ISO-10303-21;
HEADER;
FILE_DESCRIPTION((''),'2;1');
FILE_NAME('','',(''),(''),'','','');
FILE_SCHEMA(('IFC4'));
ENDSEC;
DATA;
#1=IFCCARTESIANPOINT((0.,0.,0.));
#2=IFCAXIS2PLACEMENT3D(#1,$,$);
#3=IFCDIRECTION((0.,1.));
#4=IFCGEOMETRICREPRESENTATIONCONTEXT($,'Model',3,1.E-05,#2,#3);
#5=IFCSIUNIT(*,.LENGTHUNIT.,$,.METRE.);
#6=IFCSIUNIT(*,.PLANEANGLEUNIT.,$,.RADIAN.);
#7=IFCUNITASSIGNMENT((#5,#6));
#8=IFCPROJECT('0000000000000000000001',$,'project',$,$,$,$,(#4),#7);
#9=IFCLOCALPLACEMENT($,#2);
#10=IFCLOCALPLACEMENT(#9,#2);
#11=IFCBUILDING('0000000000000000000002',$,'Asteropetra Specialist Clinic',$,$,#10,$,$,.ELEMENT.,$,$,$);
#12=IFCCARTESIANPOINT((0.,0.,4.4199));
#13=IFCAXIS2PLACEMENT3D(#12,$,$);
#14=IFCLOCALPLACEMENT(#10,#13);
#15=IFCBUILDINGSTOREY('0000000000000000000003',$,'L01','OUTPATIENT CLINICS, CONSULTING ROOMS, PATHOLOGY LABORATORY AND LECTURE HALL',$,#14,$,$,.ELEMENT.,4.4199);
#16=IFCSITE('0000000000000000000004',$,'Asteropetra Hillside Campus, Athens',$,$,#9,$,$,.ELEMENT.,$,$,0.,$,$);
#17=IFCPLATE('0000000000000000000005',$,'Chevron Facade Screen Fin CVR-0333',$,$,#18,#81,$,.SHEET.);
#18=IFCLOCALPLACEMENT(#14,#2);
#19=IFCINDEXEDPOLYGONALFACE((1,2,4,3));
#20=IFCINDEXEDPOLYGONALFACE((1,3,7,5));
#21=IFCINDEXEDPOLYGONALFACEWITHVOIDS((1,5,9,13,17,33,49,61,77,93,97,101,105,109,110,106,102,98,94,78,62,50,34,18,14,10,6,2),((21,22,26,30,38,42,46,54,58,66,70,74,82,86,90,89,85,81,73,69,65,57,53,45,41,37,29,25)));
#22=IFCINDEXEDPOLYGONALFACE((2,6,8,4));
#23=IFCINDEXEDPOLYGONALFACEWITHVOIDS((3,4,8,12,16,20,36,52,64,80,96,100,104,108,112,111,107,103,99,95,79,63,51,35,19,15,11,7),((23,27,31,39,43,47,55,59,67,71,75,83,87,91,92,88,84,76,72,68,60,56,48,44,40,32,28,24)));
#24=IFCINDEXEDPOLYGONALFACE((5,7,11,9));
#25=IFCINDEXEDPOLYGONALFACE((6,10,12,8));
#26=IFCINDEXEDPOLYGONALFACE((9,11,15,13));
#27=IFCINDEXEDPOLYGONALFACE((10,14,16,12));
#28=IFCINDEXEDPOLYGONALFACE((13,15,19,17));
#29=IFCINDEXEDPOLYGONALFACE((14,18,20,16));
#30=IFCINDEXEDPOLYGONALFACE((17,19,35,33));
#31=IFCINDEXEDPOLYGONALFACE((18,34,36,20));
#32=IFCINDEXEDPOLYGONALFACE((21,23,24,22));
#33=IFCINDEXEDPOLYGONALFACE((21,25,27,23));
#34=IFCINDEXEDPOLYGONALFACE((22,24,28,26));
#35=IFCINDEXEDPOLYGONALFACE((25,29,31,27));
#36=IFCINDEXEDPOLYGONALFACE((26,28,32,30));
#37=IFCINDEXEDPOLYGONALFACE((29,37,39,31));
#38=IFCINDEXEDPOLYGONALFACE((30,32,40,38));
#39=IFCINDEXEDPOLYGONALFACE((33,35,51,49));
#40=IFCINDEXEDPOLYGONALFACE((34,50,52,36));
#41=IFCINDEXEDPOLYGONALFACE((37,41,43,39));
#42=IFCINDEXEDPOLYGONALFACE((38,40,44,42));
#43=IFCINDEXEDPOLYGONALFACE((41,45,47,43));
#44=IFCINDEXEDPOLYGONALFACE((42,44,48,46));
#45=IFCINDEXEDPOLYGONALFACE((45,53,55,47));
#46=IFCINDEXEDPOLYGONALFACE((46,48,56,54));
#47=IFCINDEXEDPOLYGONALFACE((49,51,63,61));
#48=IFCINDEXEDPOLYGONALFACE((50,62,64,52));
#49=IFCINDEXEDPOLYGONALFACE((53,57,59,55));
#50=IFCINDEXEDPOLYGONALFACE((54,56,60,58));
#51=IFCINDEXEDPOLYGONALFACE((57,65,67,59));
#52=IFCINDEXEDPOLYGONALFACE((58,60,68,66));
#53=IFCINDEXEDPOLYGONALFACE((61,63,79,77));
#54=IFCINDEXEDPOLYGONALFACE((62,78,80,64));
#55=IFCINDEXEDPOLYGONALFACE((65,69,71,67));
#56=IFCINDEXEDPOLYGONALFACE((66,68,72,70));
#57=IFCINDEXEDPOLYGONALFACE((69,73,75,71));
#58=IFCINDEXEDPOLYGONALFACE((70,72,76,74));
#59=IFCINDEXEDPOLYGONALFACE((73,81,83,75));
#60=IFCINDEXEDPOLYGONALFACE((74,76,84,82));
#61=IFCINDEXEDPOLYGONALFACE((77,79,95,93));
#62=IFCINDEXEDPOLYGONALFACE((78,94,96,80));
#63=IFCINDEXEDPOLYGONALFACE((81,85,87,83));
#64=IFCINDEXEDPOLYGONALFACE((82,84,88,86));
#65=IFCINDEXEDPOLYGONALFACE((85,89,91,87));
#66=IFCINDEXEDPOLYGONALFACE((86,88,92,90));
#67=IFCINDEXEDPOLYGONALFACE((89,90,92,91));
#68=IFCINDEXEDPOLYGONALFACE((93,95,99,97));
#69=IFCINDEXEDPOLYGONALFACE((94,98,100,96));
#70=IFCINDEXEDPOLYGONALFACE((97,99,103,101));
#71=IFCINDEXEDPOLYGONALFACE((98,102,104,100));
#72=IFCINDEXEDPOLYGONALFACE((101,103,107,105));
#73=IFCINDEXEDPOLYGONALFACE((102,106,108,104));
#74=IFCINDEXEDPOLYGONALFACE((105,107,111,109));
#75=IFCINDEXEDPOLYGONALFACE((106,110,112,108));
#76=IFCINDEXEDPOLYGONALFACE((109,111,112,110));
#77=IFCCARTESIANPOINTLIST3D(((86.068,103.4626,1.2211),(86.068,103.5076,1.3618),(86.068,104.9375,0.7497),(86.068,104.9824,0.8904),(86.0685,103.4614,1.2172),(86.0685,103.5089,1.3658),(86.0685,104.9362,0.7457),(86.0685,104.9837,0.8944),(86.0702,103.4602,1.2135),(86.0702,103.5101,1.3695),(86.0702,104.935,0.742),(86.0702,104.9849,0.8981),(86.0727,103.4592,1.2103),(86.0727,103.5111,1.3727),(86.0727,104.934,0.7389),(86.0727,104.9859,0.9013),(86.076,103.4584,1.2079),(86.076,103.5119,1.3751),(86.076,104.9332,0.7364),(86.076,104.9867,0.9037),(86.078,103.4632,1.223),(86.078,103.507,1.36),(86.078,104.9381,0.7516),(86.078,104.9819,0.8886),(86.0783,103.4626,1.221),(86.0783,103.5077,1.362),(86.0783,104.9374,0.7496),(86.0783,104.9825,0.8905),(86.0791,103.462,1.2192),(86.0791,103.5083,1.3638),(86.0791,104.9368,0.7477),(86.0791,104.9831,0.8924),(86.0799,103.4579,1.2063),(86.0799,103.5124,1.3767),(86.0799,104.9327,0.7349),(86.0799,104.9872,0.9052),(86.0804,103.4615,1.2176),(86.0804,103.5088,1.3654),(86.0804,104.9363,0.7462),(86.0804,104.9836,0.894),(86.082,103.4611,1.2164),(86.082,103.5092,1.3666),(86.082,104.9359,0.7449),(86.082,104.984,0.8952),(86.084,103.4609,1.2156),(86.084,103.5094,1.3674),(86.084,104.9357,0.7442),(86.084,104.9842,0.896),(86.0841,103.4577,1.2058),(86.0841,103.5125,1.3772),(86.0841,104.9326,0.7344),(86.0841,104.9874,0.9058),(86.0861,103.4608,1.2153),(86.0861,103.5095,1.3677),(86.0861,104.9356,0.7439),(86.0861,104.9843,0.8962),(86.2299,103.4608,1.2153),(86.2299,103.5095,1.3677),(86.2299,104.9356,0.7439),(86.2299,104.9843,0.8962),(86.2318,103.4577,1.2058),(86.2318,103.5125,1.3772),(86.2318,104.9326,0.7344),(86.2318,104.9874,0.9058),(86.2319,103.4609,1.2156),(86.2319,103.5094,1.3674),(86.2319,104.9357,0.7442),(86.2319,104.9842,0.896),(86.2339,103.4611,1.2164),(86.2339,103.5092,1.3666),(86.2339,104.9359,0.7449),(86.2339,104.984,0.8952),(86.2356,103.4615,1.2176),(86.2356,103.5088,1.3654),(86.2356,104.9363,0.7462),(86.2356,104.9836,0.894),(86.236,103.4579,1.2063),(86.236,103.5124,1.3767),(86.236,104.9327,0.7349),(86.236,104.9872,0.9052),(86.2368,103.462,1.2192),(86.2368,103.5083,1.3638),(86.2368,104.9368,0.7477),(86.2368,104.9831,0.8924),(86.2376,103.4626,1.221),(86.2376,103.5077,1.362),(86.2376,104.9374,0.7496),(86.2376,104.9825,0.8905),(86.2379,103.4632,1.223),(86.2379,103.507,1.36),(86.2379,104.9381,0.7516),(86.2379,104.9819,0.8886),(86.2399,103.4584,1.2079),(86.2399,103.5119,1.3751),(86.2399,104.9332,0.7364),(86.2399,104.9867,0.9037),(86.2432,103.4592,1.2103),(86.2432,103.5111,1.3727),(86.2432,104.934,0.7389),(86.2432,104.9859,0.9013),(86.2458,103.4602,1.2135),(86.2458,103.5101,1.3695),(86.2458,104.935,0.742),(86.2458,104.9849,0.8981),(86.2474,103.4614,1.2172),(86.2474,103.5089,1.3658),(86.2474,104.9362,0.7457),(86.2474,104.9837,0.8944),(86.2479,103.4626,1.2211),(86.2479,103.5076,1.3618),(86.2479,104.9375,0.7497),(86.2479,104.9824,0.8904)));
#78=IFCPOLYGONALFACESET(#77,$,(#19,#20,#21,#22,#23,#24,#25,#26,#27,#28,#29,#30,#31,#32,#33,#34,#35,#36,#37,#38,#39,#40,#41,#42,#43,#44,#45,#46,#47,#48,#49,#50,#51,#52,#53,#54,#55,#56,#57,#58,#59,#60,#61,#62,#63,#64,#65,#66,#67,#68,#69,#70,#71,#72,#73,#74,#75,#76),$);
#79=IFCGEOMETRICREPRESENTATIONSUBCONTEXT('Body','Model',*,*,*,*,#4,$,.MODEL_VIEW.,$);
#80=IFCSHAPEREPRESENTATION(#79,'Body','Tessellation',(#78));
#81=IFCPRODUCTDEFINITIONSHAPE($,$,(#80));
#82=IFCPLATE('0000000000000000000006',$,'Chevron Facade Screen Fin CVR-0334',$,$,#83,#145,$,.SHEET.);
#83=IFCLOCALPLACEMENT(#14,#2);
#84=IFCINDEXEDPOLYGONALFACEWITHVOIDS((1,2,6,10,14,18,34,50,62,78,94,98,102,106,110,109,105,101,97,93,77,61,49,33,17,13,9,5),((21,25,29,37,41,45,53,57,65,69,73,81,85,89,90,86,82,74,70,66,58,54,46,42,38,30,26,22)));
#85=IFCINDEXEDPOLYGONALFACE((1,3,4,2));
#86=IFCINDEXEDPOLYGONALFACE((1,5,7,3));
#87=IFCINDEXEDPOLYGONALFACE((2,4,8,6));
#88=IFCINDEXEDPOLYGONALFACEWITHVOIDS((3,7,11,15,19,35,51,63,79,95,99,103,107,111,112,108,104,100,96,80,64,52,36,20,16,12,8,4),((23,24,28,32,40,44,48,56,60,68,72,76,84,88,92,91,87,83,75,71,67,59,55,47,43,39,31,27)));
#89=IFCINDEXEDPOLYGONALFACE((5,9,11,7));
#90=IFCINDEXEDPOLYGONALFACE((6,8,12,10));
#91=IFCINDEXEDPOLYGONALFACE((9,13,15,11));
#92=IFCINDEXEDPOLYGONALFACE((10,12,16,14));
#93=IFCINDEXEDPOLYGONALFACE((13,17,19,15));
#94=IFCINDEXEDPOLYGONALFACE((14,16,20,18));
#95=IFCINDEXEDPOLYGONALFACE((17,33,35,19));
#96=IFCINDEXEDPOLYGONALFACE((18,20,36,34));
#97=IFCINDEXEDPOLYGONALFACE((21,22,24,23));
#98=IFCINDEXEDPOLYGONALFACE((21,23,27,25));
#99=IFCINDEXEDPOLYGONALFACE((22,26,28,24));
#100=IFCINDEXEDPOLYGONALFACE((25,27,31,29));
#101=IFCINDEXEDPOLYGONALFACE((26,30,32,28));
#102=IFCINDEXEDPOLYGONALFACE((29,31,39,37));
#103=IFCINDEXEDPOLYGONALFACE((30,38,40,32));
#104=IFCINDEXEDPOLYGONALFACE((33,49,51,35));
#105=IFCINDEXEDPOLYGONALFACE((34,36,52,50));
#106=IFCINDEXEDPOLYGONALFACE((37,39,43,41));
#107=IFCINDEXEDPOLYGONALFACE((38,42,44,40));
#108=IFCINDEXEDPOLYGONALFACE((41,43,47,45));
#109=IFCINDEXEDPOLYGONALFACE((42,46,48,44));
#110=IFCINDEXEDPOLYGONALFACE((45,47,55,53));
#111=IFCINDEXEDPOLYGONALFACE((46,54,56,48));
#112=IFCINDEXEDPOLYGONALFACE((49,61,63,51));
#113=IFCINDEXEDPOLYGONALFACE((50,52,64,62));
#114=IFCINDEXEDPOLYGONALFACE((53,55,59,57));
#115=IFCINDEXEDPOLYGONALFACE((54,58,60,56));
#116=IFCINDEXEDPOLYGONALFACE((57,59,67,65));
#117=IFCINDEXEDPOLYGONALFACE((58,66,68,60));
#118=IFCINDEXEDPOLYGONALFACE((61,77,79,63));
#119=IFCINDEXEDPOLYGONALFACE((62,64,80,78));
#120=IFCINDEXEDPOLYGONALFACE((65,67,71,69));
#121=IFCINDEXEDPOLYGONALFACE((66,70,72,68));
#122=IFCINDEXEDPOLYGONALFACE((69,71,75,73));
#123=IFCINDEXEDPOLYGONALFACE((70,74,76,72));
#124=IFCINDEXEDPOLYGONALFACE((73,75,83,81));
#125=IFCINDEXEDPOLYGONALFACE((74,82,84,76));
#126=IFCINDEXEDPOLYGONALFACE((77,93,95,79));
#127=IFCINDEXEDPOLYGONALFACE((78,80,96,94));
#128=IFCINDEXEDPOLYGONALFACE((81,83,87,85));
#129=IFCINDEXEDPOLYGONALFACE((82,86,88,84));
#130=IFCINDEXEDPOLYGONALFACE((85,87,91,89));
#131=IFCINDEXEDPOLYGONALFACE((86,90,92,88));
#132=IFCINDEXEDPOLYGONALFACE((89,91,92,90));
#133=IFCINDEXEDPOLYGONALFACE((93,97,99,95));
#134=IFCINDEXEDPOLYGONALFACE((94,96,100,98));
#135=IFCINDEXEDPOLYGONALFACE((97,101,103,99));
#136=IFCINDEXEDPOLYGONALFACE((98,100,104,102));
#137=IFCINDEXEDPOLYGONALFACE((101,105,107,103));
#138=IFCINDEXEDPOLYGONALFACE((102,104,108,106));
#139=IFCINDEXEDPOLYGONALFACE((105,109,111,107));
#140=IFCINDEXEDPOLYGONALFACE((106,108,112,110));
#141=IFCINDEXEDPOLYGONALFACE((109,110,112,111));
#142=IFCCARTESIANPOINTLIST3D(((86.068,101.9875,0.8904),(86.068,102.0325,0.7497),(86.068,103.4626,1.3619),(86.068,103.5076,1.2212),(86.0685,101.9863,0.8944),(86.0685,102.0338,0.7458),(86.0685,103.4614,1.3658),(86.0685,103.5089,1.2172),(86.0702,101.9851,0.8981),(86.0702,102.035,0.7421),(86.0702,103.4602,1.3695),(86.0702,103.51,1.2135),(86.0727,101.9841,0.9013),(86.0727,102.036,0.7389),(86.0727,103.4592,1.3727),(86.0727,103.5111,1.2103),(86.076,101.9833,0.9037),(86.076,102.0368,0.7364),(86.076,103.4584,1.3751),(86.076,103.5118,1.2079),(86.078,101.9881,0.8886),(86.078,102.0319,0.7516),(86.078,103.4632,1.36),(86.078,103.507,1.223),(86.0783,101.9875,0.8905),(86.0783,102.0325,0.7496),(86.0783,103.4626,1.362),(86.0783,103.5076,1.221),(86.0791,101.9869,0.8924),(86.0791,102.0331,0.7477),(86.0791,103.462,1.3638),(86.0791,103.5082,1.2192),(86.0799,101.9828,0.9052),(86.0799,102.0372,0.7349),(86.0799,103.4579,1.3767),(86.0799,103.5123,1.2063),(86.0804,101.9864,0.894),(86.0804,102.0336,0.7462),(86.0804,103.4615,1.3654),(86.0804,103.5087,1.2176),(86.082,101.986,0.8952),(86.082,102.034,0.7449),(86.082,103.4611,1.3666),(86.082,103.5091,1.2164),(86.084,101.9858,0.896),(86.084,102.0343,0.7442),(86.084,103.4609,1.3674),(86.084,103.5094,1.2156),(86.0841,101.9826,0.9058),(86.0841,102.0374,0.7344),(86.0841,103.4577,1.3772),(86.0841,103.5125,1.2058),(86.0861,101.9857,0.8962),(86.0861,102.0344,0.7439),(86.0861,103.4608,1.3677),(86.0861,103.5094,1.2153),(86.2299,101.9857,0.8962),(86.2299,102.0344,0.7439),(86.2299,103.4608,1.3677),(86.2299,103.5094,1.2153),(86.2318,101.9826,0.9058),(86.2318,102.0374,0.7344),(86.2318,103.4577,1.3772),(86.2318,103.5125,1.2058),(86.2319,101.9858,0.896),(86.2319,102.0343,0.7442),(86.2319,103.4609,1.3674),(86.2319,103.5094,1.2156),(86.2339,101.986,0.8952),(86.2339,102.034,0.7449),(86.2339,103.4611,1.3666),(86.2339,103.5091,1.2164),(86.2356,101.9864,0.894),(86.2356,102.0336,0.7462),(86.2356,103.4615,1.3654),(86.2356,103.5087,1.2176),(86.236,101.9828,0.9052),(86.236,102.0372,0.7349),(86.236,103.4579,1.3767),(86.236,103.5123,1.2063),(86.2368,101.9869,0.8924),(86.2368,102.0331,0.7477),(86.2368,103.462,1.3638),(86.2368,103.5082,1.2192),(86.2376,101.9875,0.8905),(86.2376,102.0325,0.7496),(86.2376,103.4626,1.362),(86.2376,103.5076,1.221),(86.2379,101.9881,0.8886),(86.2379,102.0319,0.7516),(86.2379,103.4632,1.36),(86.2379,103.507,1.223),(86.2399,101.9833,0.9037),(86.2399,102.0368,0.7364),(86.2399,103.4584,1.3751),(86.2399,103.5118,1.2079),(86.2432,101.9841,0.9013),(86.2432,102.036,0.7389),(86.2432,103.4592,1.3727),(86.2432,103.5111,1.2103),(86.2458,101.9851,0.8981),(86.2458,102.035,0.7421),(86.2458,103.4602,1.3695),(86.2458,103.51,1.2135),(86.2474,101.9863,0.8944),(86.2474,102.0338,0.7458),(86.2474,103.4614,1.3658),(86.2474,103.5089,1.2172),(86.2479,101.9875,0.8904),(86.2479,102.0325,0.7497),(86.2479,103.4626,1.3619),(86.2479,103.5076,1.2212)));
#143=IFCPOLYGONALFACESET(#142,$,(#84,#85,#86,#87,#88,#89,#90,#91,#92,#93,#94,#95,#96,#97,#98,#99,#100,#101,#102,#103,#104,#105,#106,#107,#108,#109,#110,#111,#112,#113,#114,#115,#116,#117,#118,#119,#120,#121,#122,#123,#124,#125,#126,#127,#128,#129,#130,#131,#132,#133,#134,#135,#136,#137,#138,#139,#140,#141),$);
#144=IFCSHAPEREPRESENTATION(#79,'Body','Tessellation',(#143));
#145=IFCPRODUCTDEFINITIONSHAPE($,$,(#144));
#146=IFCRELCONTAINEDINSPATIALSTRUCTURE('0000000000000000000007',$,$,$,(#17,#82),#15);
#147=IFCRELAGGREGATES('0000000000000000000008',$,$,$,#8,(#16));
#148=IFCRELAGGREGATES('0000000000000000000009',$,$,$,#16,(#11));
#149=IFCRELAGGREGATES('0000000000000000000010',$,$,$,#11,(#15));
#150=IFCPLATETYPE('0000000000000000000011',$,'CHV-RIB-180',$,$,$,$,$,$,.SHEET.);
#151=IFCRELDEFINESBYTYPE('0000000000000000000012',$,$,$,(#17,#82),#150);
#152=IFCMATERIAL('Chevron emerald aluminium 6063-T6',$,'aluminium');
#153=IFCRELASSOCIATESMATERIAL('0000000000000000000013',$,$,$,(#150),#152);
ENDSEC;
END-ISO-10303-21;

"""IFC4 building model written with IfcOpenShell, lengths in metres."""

from ifc_helpers import new_model, si_unit, direction, frame, origin, origin_2d, place, context, subcontext, project, spatial, hollow_rectangle, extrude, material, material_profile, profile_set, type_object, element, save


model = new_model("IFC4")

# Units and contexts
model_context = context("Model", 3, precision=1e-05, world=origin(), true_north=direction((0.0, 1.0)))
body_context = subcontext(model_context, "Body", "Model", "MODEL_VIEW")
ifc_project = project(units=[si_unit("LENGTHUNIT", "METRE"), si_unit("PLANEANGLEUNIT", "RADIAN")], contexts=[model_context])

# Site, building, storey
site_placement = place(None, origin())
site = spatial("IfcSite", under=ifc_project, at=site_placement, Name="Asteropetra Hillside Campus, Athens", CompositionType="ELEMENT", RefElevation=0.0)
building_placement = place(site_placement, origin())
building = spatial("IfcBuilding", under=site, at=building_placement, Name="Asteropetra Specialist Clinic", CompositionType="ELEMENT")
storey_placement = place(building_placement, frame((0.0, 0.0, 4.4199)))
storey = spatial("IfcBuildingStorey", under=building, at=storey_placement, Name="L01", Description="OUTPATIENT CLINICS, CONSULTING ROOMS, PATHOLOGY LABORATORY AND LECTURE HALL", CompositionType="ELEMENT", Elevation=4.4199)

# Plates
ifc_material_1 = material(Name="Chevron emerald aluminium 6063-T6", Category="aluminium")
ifc_material_profile = material_profile(ifc_material_1, hollow_rectangle(XDim=0.1799, YDim=0.1799, WallThickness=0.01, InnerFilletRadius=0.0081, OuterFilletRadius=0.0161, at=origin_2d()), Name="SHS 180x180x10.0")
ifc_profile_set = profile_set([ifc_material_profile], Name="Chevron emerald aluminium 6063-T6")
plate_type = type_object("IfcPlateType", Name="CHV-RIB-180", PredefinedType="SHEET", material=ifc_profile_set)
plate_1_placement = place(storey_placement, frame((86.158, 104.96, 0.8201), z_axis=(0.0, -0.952521, 0.304472), x_axis=(1.0, 0.0, 0.0)))
element("IfcPlate", 1, at=plate_1_placement, inside=storey, type_object=plate_type, Name="Chevron Facade Screen Fin CVR-0333", PredefinedType="SHEET", context=body_context, shape_type="SweptSolid", body=[
    extrude(hollow_rectangle(XDim=0.1799, YDim=0.1799, WallThickness=0.01, InnerFilletRadius=0.0081, OuterFilletRadius=0.0161, at=origin_2d()), origin(), (0.0, 0.0, 1.0), 1.5483),
])
plate_2_placement = place(storey_placement, frame((86.158, 103.4851, 1.2915), z_axis=(0.0, -0.952536, -0.304427), x_axis=(1.0, 0.0, 0.0)))
element("IfcPlate", 2, at=plate_2_placement, inside=storey, type_object=plate_type, Name="Chevron Facade Screen Fin CVR-0334", PredefinedType="SHEET", context=body_context, shape_type="SweptSolid", body=[
    extrude(hollow_rectangle(XDim=0.1799, YDim=0.1799, WallThickness=0.01, InnerFilletRadius=0.0081, OuterFilletRadius=0.0161, at=origin_2d()), origin(), (0.0, 0.0, 1.0), 1.5486),
])

save(model, "model.ifc")
